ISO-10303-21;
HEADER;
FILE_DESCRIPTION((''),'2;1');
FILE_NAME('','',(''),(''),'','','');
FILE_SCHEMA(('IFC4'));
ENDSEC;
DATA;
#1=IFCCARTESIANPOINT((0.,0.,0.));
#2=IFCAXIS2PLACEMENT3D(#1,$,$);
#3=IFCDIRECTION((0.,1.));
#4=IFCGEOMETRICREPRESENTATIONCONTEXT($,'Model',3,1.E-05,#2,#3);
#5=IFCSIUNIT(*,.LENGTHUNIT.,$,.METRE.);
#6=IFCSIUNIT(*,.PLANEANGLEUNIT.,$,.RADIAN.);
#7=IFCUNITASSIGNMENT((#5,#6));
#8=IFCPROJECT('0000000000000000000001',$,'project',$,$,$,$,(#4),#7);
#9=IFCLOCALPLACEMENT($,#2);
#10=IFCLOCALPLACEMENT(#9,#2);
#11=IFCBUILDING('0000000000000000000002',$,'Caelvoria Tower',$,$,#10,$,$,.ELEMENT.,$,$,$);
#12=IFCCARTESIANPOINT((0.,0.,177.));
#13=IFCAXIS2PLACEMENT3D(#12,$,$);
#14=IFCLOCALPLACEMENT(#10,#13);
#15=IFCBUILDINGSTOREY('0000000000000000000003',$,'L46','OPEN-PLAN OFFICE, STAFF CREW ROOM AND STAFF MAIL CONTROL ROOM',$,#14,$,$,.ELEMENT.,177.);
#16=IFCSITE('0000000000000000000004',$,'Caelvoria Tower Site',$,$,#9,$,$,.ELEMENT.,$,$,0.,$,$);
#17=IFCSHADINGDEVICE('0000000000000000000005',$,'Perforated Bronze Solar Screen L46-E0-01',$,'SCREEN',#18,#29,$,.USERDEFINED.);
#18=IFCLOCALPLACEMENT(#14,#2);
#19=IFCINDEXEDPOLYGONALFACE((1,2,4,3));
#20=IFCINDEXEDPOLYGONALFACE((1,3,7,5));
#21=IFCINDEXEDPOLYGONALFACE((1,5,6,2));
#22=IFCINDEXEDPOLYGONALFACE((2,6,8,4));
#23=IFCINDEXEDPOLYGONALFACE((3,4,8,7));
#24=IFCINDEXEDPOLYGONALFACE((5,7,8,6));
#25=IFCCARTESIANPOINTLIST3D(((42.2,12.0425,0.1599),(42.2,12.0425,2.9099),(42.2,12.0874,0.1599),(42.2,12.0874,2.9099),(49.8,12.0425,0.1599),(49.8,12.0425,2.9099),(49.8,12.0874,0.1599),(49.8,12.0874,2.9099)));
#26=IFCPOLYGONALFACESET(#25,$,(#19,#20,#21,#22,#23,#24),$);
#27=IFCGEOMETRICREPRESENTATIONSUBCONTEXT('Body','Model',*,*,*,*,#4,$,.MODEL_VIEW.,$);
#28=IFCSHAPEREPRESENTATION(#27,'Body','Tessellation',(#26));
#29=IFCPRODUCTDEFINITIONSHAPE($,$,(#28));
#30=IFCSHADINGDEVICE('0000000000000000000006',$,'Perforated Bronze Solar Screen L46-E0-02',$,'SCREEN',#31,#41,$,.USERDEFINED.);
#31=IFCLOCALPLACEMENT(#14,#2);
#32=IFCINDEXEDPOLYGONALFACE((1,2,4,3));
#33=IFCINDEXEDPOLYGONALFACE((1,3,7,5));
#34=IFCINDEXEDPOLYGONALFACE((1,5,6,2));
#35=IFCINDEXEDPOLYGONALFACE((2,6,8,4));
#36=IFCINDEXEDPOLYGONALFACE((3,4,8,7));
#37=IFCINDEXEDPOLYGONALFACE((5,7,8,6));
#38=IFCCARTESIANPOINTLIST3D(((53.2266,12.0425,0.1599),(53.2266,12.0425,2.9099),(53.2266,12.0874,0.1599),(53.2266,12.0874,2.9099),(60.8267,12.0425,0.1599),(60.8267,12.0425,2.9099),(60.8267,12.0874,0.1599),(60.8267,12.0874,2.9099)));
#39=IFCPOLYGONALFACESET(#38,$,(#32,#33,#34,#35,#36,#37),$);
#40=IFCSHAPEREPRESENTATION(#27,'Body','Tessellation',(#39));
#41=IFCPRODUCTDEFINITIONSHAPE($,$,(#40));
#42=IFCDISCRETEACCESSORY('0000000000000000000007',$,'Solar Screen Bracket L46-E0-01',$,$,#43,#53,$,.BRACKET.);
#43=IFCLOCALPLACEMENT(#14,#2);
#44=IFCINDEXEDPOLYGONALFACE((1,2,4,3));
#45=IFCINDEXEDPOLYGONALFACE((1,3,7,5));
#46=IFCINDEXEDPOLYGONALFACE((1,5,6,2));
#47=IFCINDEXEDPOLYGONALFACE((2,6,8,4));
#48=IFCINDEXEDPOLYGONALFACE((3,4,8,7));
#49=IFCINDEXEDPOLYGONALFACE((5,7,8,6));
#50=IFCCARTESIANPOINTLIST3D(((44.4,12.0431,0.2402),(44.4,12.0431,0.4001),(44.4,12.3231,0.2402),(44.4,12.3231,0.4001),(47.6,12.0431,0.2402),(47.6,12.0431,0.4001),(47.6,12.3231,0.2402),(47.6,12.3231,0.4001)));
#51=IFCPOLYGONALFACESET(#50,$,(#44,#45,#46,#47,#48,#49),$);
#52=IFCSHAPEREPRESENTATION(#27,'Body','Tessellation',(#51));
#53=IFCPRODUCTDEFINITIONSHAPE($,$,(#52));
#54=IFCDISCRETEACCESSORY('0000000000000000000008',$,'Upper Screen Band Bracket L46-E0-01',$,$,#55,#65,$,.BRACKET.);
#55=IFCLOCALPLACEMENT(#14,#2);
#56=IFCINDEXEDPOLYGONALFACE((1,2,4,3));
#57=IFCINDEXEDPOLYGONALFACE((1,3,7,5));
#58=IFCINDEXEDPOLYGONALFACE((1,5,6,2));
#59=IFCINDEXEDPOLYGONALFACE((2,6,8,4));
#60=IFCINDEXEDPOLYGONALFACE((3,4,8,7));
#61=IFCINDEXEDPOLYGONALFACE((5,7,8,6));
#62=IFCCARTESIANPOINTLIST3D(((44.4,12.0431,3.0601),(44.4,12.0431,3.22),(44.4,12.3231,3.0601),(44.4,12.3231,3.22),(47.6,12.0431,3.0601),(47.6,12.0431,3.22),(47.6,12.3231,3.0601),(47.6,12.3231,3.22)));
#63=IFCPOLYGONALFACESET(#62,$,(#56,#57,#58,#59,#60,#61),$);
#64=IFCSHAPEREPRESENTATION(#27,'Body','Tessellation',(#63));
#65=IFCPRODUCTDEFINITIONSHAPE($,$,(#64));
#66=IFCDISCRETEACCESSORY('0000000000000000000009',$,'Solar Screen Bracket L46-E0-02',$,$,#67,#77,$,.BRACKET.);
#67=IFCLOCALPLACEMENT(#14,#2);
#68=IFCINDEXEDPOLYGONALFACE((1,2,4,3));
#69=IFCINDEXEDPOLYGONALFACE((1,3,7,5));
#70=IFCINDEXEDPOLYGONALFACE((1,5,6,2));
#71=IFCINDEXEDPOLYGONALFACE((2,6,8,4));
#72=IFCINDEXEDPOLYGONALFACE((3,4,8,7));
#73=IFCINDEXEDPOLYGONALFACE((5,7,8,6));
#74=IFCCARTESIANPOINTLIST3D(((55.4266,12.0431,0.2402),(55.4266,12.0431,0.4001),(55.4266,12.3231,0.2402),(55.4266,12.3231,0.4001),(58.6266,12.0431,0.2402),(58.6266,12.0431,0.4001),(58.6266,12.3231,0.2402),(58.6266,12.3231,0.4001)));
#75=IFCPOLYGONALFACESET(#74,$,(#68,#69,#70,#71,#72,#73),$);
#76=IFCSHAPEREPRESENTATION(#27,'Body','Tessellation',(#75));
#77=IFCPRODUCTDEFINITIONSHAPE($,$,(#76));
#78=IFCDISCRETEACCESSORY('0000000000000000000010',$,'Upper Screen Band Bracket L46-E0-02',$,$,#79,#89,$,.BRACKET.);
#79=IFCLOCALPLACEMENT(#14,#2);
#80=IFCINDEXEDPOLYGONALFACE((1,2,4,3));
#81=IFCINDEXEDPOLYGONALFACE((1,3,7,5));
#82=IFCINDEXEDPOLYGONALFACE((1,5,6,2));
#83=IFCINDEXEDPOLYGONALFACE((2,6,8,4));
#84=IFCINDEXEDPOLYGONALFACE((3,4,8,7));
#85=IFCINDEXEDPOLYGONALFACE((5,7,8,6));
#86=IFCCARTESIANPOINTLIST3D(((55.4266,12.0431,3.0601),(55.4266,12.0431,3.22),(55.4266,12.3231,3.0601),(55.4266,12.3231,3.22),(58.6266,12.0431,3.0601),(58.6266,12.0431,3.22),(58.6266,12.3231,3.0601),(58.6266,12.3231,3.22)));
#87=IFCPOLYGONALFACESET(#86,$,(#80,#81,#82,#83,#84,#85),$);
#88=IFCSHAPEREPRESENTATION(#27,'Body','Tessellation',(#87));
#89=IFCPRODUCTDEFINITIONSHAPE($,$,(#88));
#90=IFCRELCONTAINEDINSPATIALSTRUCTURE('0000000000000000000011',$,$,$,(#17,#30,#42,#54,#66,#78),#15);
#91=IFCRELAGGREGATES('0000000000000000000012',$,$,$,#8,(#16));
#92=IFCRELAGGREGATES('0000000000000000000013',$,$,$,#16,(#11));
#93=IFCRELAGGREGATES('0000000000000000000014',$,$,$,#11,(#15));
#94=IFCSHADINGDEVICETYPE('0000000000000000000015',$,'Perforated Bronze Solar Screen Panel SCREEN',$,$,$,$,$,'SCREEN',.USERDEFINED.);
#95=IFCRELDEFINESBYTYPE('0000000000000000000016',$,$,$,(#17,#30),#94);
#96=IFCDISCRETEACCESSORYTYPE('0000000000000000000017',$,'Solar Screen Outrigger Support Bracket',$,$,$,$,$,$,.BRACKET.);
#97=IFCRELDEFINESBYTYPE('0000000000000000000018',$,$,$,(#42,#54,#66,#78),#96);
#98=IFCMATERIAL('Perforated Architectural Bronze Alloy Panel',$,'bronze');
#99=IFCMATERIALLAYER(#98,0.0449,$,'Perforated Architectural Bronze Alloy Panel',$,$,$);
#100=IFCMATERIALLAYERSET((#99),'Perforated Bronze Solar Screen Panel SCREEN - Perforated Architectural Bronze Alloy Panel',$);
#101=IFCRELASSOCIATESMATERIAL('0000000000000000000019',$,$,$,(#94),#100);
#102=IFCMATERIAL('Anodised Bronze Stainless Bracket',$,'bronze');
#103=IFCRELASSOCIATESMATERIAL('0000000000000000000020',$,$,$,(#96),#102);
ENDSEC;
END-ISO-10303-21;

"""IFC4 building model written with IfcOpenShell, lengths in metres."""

from ifc_helpers import new_model, si_unit, direction, frame, origin, origin_2d, place, context, subcontext, project, spatial, rectangle, extrude, material, layer, layer_set, type_object, element, save


model = new_model("IFC4")

# Units and contexts
model_context = context("Model", 3, precision=1e-05, world=origin(), true_north=direction((0.0, 1.0)))
body_context = subcontext(model_context, "Body", "Model", "MODEL_VIEW")
ifc_project = project(units=[si_unit("LENGTHUNIT", "METRE"), si_unit("PLANEANGLEUNIT", "RADIAN")], contexts=[model_context])

# Site, building, storey
site_placement = place(None, origin())
site = spatial("IfcSite", under=ifc_project, at=site_placement, Name="Caelvoria Tower Site", CompositionType="ELEMENT", RefElevation=0.0)
building_placement = place(site_placement, origin())
building = spatial("IfcBuilding", under=site, at=building_placement, Name="Caelvoria Tower", CompositionType="ELEMENT")
storey_placement = place(building_placement, frame((0.0, 0.0, 177.0)))
storey = spatial("IfcBuildingStorey", under=building, at=storey_placement, Name="L46", Description="OPEN-PLAN OFFICE, STAFF CREW ROOM AND STAFF MAIL CONTROL ROOM", CompositionType="ELEMENT", Elevation=177.0)

# Shading devices
ifc_material_1 = material(Name="Perforated Architectural Bronze Alloy Panel", Category="bronze")
ifc_layer_1 = layer(ifc_material_1, 0.0449, Name="Perforated Architectural Bronze Alloy Panel")
ifc_layer_set_1 = layer_set([ifc_layer_1], Name="Perforated Bronze Solar Screen Panel SCREEN - Perforated Architectural Bronze Alloy Panel")
shading_device_type = type_object("IfcShadingDeviceType", Name="Perforated Bronze Solar Screen Panel SCREEN", ElementType="SCREEN", PredefinedType="USERDEFINED", material=ifc_layer_set_1)
for number, where, z_axis, x_axis, name in (
    (1, (46.0, 12.0649, 0.1599), (0.0, 0.0, 1.0), (1.0, 0.0, 0.0), "Perforated Bronze Solar Screen L46-E0-01"),
    (2, (57.0266, 12.0649, 0.1599), (0.0, 0.0, 1.0), (1.0, 0.0, 0.0), "Perforated Bronze Solar Screen L46-E0-02"),
):
    element("IfcShadingDevice", number, at=place(storey_placement, frame(where, z_axis=z_axis, x_axis=x_axis)), inside=storey, type_object=shading_device_type, Name=name, ObjectType="SCREEN", PredefinedType="USERDEFINED", context=body_context, shape_type="SweptSolid", body=[
        extrude(rectangle(XDim=7.6001, YDim=0.0449, at=origin_2d()), origin(), (0.0, 0.0, 1.0), 2.75),
    ])

# Discrete accessories
ifc_material_2 = material(Name="Anodised Bronze Stainless Bracket", Category="bronze")
discrete_accessory_type = type_object("IfcDiscreteAccessoryType", Name="Solar Screen Outrigger Support Bracket", PredefinedType="BRACKET", material=ifc_material_2)
for number, where, z_axis, x_axis, name in (
    (3, (46.0, 12.1831, 0.2402), (0.0, 0.0, 1.0), (1.0, 0.0, 0.0), "Solar Screen Bracket L46-E0-01"),
    (4, (46.0, 12.1831, 3.0601), (0.0, 0.0, 1.0), (1.0, 0.0, 0.0), "Upper Screen Band Bracket L46-E0-01"),
    (5, (57.0266, 12.1831, 0.2402), (0.0, 0.0, 1.0), (1.0, 0.0, 0.0), "Solar Screen Bracket L46-E0-02"),
    (6, (57.0266, 12.1831, 3.0601), (0.0, 0.0, 1.0), (1.0, 0.0, 0.0), "Upper Screen Band Bracket L46-E0-02"),
):
    element("IfcDiscreteAccessory", number, at=place(storey_placement, frame(where, z_axis=z_axis, x_axis=x_axis)), inside=storey, type_object=discrete_accessory_type, Name=name, PredefinedType="BRACKET", context=body_context, shape_type="SweptSolid", body=[
        extrude(rectangle(XDim=3.2, YDim=0.28, at=origin_2d()), origin(), (0.0, 0.0, 1.0), 0.1599),
    ])

save(model, "model.ifc")
